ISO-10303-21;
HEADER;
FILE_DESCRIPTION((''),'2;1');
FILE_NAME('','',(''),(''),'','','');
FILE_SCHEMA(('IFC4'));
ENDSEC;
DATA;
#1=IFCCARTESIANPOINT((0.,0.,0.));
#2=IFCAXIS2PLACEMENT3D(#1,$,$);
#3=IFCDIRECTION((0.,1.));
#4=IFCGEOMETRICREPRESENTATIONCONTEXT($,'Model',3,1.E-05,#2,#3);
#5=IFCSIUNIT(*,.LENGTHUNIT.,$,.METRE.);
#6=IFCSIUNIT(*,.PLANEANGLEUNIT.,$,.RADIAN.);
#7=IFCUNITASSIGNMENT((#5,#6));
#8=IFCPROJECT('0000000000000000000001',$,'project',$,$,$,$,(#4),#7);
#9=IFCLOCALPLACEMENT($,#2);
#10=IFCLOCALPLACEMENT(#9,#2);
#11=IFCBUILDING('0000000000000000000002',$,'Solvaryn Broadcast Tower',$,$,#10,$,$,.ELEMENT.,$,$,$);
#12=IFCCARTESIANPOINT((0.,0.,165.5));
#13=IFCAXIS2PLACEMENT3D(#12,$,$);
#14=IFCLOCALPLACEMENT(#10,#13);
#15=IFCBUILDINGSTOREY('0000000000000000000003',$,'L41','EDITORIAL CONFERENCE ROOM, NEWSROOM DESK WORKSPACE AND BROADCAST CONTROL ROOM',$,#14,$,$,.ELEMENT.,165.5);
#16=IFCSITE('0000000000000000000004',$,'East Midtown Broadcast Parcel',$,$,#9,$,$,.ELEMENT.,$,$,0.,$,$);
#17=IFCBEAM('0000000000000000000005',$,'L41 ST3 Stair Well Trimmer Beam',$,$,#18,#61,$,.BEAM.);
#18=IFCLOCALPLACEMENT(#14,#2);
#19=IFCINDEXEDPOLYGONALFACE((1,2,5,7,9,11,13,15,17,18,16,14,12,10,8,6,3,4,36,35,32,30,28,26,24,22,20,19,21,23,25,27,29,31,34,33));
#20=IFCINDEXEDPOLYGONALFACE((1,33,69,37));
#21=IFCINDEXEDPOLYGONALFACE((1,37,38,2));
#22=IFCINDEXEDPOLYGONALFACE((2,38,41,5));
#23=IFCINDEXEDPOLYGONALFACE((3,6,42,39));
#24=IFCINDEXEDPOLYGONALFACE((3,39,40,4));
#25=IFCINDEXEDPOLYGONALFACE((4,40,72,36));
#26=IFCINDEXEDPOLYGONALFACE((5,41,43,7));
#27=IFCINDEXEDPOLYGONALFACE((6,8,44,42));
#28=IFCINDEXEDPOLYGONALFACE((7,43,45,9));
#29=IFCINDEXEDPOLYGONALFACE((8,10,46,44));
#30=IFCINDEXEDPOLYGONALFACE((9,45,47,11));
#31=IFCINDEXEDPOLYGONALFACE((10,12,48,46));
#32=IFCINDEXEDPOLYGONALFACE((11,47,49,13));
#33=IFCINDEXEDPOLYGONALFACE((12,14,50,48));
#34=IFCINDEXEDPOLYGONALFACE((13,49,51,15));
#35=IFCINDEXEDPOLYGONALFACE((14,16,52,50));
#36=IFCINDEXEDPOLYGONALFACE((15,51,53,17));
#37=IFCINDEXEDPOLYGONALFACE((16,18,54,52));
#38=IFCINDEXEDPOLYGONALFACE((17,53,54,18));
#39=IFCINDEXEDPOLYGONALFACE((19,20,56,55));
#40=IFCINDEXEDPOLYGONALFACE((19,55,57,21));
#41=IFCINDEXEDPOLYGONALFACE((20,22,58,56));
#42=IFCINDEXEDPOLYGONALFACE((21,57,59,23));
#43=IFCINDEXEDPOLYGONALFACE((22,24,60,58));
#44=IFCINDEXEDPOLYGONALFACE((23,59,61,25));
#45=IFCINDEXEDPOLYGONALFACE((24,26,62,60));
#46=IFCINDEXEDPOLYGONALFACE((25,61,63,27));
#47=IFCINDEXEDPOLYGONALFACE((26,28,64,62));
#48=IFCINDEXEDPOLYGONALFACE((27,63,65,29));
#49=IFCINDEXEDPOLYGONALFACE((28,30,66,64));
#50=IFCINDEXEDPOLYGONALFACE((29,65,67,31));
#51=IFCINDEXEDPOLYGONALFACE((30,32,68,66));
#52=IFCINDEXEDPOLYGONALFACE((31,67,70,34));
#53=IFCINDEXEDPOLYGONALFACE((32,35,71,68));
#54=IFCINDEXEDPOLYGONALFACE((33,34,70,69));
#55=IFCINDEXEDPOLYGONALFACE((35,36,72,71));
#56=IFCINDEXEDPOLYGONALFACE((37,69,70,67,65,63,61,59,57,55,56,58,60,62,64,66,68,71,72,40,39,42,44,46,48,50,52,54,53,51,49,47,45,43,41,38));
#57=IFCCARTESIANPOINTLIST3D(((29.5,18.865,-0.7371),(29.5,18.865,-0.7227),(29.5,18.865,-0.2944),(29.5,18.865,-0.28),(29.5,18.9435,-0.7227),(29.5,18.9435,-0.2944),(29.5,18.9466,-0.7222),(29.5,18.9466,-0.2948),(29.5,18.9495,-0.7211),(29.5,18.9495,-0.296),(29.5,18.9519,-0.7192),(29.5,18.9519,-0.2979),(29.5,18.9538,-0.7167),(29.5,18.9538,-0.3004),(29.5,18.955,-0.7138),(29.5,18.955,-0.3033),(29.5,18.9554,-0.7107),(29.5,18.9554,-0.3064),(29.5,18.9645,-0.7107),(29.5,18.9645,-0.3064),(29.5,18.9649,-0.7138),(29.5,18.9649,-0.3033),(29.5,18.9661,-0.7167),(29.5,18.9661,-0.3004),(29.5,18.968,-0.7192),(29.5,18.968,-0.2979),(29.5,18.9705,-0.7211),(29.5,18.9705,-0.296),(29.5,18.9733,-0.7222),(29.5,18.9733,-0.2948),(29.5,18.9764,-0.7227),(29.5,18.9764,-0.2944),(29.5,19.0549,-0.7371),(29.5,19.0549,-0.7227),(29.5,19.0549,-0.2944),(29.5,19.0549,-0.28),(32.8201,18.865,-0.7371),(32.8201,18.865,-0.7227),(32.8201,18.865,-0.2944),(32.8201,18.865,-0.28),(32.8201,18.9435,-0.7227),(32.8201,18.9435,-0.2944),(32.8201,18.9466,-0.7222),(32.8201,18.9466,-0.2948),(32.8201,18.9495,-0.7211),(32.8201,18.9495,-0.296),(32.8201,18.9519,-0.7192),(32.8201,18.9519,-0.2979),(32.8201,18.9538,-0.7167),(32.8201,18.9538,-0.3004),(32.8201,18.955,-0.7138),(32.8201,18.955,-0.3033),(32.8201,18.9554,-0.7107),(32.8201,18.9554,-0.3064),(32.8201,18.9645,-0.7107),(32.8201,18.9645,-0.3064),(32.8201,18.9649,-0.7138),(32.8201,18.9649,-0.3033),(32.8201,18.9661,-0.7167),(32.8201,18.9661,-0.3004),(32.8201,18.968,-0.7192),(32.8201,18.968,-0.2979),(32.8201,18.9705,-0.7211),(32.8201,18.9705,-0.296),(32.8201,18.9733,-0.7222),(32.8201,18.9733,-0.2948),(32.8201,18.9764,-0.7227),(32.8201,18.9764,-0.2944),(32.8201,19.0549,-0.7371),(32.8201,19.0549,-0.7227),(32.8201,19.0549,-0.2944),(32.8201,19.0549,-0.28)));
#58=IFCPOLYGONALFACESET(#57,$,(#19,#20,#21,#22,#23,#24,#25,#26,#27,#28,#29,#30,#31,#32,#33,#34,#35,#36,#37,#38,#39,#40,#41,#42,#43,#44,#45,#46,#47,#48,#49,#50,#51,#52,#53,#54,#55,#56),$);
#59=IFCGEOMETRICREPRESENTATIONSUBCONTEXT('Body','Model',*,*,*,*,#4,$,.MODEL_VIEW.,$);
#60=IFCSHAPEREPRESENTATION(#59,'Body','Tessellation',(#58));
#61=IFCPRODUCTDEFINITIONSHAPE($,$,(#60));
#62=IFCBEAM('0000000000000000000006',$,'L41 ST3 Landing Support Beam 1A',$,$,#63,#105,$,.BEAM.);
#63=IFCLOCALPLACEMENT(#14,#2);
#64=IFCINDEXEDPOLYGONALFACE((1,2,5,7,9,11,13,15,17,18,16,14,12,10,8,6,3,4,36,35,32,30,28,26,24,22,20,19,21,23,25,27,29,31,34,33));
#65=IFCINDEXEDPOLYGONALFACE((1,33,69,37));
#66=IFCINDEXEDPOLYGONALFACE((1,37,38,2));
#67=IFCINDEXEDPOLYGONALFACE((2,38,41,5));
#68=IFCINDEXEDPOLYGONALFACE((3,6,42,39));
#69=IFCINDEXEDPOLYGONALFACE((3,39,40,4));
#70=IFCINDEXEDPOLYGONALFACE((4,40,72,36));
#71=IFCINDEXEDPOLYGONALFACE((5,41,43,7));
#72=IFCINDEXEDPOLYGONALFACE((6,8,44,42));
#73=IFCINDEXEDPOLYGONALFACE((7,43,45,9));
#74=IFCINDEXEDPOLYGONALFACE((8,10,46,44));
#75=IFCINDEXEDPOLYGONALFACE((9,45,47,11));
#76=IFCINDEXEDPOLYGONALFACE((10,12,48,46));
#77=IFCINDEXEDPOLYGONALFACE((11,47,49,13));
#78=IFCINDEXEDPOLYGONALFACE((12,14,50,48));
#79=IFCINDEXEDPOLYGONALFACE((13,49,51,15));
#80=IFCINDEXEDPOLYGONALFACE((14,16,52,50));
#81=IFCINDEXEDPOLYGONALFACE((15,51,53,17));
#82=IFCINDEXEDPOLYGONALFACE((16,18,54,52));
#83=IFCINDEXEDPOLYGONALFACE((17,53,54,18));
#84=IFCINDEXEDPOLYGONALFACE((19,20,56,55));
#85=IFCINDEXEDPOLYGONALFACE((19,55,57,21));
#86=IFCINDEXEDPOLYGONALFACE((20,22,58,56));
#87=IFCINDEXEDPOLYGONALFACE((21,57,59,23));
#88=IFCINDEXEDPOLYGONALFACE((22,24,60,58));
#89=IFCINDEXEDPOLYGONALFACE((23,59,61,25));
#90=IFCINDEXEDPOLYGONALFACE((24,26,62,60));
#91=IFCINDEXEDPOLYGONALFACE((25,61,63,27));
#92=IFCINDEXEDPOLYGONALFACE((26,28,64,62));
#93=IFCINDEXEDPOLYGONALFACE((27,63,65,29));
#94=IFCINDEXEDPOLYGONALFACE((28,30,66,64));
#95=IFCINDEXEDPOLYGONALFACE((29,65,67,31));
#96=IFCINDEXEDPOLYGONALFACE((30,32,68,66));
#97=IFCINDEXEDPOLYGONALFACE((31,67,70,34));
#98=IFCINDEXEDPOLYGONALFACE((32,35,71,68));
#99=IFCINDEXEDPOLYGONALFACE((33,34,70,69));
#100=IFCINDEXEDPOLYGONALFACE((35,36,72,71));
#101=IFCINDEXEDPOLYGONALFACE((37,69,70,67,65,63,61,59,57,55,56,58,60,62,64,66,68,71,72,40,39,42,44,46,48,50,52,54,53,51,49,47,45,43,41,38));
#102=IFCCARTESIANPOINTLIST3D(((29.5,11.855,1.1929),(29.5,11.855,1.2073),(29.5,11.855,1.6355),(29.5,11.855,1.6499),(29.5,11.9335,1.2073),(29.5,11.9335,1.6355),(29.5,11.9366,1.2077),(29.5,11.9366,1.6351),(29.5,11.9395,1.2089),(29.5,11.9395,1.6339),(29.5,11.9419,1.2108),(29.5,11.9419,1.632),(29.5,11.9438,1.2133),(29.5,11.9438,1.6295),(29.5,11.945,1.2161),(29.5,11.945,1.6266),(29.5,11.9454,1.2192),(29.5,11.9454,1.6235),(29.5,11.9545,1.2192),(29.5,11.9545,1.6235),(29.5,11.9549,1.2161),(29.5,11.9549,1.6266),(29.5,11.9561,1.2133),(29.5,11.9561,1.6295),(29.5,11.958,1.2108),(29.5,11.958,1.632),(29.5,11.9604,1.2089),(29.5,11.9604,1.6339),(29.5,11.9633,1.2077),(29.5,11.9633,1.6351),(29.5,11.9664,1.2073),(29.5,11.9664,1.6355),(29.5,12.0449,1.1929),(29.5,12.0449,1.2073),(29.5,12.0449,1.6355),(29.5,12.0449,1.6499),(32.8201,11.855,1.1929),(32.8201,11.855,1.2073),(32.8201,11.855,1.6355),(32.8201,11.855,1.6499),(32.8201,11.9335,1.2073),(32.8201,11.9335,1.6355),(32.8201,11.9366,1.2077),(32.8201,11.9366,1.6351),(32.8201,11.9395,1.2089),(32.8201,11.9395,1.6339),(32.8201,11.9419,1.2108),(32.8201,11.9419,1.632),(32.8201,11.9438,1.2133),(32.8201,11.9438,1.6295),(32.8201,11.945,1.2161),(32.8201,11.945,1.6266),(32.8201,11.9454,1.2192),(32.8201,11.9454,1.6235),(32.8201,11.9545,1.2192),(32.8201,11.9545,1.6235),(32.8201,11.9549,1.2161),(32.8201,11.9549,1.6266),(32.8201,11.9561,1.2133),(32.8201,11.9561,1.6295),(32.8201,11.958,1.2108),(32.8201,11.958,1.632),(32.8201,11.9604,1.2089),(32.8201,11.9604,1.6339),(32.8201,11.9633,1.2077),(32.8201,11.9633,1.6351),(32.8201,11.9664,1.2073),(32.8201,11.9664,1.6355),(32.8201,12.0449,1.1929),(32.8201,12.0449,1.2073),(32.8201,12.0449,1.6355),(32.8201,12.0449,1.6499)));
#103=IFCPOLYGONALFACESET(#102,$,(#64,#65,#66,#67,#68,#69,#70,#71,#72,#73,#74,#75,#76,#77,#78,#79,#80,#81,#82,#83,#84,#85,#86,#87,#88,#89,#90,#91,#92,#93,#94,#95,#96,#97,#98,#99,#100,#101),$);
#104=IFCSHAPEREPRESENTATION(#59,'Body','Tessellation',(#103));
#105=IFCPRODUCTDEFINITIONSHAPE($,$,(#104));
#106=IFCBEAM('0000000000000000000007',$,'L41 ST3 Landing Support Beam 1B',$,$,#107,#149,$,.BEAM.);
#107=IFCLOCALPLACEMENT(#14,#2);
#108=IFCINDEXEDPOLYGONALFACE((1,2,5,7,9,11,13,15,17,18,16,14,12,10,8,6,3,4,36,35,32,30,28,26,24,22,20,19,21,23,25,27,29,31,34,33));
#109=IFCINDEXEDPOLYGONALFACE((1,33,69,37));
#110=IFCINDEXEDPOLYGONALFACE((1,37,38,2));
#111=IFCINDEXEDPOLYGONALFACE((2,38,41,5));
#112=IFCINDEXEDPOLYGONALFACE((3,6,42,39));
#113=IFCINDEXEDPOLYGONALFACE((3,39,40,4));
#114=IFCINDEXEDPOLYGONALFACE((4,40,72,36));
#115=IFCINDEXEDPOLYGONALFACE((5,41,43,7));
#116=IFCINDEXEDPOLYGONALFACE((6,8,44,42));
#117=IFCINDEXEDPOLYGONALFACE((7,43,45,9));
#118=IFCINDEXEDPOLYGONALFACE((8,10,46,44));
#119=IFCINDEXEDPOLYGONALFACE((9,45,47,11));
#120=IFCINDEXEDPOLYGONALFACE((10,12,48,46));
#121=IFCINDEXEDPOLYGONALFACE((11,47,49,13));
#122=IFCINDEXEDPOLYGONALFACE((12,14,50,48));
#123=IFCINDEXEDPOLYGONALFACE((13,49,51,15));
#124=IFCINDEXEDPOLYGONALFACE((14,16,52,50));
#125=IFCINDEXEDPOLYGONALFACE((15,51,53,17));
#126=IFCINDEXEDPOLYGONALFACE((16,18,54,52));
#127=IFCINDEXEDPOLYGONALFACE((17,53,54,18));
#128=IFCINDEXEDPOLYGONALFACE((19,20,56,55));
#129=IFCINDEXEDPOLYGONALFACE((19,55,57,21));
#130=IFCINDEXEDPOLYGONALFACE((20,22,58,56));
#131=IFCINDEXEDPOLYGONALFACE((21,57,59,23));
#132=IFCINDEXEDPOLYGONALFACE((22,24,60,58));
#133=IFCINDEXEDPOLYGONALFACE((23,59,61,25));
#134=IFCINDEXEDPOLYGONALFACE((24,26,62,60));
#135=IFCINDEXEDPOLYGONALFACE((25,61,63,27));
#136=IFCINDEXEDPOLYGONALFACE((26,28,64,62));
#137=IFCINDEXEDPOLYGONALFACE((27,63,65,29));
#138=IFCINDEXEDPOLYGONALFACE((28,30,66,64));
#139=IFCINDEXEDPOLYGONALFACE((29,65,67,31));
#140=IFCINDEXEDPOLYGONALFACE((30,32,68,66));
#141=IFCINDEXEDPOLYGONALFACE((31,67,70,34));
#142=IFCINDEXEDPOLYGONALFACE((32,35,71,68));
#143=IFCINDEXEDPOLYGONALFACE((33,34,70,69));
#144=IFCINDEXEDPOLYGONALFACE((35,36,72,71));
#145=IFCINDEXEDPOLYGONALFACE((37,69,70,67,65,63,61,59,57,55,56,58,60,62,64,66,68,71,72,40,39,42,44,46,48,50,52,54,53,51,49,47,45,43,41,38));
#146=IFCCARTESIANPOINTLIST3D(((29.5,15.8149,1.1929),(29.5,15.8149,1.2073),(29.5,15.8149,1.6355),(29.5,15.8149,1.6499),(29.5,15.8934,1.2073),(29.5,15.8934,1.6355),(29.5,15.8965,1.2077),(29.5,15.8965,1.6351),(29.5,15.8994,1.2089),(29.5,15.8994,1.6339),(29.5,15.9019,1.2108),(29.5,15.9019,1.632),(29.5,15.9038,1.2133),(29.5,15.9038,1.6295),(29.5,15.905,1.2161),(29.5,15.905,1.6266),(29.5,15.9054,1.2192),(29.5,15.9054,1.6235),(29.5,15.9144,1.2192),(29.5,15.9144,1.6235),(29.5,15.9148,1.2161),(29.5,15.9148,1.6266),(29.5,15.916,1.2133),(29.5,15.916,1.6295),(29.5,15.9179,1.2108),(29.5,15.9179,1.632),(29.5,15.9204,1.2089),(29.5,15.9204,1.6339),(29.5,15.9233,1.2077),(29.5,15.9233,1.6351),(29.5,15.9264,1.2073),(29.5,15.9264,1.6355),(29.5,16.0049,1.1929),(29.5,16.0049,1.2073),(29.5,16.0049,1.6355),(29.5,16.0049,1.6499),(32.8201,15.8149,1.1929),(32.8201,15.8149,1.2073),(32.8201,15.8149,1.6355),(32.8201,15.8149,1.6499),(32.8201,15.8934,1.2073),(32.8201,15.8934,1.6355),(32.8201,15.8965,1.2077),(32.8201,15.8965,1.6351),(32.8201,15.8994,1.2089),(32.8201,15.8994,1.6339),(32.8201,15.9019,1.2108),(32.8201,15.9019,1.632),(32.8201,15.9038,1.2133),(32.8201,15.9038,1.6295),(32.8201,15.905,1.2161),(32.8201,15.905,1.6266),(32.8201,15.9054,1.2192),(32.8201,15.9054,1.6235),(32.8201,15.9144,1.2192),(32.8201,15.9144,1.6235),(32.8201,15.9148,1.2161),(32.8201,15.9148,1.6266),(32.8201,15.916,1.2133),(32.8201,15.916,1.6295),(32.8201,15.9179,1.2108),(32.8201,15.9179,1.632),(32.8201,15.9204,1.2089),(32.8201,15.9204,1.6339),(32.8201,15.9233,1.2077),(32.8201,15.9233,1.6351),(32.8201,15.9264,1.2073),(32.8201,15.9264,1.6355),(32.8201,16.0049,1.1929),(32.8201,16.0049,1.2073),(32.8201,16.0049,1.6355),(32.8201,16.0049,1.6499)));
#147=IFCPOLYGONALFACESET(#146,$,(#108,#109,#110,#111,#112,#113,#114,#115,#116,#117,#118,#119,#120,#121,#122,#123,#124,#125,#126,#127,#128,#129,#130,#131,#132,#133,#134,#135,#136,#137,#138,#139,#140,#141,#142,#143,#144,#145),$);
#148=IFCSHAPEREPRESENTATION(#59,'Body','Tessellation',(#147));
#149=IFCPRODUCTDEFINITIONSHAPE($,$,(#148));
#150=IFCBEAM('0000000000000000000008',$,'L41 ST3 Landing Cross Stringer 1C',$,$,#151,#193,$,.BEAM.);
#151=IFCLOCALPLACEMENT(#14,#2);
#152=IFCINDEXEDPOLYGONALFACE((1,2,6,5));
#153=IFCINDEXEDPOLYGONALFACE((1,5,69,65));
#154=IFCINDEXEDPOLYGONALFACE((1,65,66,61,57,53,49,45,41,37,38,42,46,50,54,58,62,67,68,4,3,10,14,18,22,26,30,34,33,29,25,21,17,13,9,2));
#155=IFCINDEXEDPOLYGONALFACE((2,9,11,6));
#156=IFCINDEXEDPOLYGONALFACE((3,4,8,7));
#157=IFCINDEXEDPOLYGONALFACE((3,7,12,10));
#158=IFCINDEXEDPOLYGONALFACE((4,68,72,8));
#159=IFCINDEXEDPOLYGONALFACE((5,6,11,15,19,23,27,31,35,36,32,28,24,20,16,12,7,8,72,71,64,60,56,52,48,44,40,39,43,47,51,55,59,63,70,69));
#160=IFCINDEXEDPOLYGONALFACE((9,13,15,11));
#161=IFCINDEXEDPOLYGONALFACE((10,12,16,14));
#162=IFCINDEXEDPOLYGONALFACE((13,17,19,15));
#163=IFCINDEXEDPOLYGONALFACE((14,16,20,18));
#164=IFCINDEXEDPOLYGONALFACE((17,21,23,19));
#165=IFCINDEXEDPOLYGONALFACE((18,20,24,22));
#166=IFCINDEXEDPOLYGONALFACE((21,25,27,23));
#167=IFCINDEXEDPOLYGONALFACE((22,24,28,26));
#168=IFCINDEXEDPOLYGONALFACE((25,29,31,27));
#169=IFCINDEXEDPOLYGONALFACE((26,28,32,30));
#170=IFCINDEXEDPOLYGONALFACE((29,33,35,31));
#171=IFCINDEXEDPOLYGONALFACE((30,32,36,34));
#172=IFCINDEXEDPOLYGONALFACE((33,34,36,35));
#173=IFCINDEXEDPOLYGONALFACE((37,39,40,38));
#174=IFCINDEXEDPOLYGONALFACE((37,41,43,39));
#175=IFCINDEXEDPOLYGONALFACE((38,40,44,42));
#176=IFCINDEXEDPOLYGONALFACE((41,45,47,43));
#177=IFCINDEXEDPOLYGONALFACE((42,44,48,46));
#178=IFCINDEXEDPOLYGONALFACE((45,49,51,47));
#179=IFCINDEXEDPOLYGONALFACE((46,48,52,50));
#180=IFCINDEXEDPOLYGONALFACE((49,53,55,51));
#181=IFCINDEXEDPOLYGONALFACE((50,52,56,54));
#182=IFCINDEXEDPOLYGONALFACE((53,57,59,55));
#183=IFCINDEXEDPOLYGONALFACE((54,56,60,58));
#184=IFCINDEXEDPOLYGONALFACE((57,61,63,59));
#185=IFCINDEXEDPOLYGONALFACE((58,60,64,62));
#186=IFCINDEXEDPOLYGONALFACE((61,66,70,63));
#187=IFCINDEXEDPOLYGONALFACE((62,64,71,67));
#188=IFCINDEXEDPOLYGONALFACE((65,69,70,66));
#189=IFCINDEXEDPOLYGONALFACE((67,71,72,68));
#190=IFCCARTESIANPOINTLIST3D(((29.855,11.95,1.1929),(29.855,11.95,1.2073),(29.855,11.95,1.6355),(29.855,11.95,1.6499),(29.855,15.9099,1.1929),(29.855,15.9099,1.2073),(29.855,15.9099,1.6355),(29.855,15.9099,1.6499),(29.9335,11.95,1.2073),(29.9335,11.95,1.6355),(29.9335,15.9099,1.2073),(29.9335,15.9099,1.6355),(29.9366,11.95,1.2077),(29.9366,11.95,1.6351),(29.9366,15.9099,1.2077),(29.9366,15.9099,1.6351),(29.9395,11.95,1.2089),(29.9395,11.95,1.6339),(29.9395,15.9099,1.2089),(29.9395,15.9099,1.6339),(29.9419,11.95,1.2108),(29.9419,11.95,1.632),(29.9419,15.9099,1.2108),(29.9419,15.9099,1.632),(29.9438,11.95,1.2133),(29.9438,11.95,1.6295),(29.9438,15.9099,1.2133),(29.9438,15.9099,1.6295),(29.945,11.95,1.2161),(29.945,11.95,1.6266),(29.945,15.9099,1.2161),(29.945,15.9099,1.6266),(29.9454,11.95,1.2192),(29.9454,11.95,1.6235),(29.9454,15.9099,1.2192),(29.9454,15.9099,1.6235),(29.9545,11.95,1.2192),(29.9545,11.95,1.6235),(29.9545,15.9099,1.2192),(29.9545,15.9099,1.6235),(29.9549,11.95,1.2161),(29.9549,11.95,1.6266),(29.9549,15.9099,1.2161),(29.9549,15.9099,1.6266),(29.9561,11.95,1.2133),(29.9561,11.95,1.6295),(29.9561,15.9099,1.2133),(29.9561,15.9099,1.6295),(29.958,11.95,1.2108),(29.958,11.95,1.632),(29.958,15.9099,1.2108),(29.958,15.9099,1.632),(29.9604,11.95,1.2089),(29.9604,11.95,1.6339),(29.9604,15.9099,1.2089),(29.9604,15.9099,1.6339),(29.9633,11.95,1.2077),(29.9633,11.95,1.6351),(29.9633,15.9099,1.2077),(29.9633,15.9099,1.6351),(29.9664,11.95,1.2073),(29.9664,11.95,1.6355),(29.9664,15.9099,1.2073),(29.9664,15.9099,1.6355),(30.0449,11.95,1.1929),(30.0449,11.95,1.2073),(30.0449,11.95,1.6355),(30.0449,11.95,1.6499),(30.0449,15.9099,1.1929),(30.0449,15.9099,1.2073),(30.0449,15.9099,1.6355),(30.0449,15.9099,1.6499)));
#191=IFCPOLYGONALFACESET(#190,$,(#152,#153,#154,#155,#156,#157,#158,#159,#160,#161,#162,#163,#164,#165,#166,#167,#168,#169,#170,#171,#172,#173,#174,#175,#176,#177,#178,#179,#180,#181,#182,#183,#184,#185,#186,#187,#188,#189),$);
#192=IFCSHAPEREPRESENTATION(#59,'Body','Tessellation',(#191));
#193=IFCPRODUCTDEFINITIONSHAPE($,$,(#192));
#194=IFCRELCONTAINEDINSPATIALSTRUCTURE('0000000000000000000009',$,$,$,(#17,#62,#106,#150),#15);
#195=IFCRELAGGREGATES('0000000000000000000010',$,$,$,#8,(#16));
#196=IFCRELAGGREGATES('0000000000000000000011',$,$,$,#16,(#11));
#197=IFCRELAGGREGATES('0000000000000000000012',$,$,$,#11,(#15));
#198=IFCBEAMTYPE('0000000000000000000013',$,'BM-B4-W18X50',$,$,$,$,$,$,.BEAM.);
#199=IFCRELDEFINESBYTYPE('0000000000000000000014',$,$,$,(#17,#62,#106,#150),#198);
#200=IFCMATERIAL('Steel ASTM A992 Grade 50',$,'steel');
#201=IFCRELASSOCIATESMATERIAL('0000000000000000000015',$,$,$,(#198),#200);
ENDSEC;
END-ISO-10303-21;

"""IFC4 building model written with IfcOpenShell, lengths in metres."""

from ifc_helpers import new_model, si_unit, direction, frame, origin, origin_2d, place, context, subcontext, project, spatial, i_section, extrude, material, material_profile, profile_set, type_object, element, save


model = new_model("IFC4")

# Units and contexts
model_context = context("Model", 3, precision=1e-05, world=origin(), true_north=direction((0.0, 1.0)))
body_context = subcontext(model_context, "Body", "Model", "MODEL_VIEW")
ifc_project = project(units=[si_unit("LENGTHUNIT", "METRE"), si_unit("PLANEANGLEUNIT", "RADIAN")], contexts=[model_context])

# Site, building, storey
site_placement = place(None, origin())
site = spatial("IfcSite", under=ifc_project, at=site_placement, Name="East Midtown Broadcast Parcel", CompositionType="ELEMENT", RefElevation=0.0)
building_placement = place(site_placement, origin())
building = spatial("IfcBuilding", under=site, at=building_placement, Name="Solvaryn Broadcast Tower", CompositionType="ELEMENT")
storey_placement = place(building_placement, frame((0.0, 0.0, 165.5)))
storey = spatial("IfcBuildingStorey", under=building, at=storey_placement, Name="L41", Description="EDITORIAL CONFERENCE ROOM, NEWSROOM DESK WORKSPACE AND BROADCAST CONTROL ROOM", CompositionType="ELEMENT", Elevation=165.5)

# Beams
ifc_material_1 = material(Name="Steel ASTM A992 Grade 50", Category="steel")
ifc_material_profile_1 = material_profile(ifc_material_1, i_section(OverallWidth=0.1899, OverallDepth=0.457, WebThickness=0.009, FlangeThickness=0.0144, FilletRadius=0.012, at=origin_2d()))
ifc_profile_set_1 = profile_set([ifc_material_profile_1], Name="Steel ASTM A992 Grade 50")
beam_type_1 = type_object("IfcBeamType", Name="BM-B4-W18X50", PredefinedType="BEAM", material=ifc_profile_set_1)
for number, where, z_axis, x_axis, name in (
    (1, (29.5, 18.96, -0.5085), (1.0, 0.0, 0.0), (0.0, 1.0, 0.0), "L41 ST3 Stair Well Trimmer Beam"),
    (2, (29.5, 11.95, 1.4214), (1.0, 0.0, 0.0), (0.0, 1.0, 0.0), "L41 ST3 Landing Support Beam 1A"),
    (3, (29.5, 15.9099, 1.4214), (1.0, 0.0, 0.0), (0.0, 1.0, 0.0), "L41 ST3 Landing Support Beam 1B"),
):
    element("IfcBeam", number, at=place(storey_placement, frame(where, z_axis=z_axis, x_axis=x_axis)), inside=storey, type_object=beam_type_1, Name=name, PredefinedType="BEAM", context=body_context, shape_type="SweptSolid", body=[
        extrude(i_section(OverallWidth=0.1899, OverallDepth=0.457, WebThickness=0.009, FlangeThickness=0.0144, FilletRadius=0.012, at=origin_2d()), origin(), (0.0, 0.0, 1.0), 3.3201),
    ])
beam_1_placement = place(storey_placement, frame((29.95, 11.95, 1.4214), z_axis=(0.0, 1.0, 0.0), x_axis=(-1.0, 0.0, 0.0)))
element("IfcBeam", 4, at=beam_1_placement, inside=storey, type_object=beam_type_1, Name="L41 ST3 Landing Cross Stringer 1C", PredefinedType="BEAM", context=body_context, shape_type="SweptSolid", body=[
    extrude(i_section(OverallWidth=0.1899, OverallDepth=0.457, WebThickness=0.009, FlangeThickness=0.0144, FilletRadius=0.012, at=origin_2d()), origin(), (0.0, 0.0, 1.0), 3.96),
])

save(model, "model.ifc")
